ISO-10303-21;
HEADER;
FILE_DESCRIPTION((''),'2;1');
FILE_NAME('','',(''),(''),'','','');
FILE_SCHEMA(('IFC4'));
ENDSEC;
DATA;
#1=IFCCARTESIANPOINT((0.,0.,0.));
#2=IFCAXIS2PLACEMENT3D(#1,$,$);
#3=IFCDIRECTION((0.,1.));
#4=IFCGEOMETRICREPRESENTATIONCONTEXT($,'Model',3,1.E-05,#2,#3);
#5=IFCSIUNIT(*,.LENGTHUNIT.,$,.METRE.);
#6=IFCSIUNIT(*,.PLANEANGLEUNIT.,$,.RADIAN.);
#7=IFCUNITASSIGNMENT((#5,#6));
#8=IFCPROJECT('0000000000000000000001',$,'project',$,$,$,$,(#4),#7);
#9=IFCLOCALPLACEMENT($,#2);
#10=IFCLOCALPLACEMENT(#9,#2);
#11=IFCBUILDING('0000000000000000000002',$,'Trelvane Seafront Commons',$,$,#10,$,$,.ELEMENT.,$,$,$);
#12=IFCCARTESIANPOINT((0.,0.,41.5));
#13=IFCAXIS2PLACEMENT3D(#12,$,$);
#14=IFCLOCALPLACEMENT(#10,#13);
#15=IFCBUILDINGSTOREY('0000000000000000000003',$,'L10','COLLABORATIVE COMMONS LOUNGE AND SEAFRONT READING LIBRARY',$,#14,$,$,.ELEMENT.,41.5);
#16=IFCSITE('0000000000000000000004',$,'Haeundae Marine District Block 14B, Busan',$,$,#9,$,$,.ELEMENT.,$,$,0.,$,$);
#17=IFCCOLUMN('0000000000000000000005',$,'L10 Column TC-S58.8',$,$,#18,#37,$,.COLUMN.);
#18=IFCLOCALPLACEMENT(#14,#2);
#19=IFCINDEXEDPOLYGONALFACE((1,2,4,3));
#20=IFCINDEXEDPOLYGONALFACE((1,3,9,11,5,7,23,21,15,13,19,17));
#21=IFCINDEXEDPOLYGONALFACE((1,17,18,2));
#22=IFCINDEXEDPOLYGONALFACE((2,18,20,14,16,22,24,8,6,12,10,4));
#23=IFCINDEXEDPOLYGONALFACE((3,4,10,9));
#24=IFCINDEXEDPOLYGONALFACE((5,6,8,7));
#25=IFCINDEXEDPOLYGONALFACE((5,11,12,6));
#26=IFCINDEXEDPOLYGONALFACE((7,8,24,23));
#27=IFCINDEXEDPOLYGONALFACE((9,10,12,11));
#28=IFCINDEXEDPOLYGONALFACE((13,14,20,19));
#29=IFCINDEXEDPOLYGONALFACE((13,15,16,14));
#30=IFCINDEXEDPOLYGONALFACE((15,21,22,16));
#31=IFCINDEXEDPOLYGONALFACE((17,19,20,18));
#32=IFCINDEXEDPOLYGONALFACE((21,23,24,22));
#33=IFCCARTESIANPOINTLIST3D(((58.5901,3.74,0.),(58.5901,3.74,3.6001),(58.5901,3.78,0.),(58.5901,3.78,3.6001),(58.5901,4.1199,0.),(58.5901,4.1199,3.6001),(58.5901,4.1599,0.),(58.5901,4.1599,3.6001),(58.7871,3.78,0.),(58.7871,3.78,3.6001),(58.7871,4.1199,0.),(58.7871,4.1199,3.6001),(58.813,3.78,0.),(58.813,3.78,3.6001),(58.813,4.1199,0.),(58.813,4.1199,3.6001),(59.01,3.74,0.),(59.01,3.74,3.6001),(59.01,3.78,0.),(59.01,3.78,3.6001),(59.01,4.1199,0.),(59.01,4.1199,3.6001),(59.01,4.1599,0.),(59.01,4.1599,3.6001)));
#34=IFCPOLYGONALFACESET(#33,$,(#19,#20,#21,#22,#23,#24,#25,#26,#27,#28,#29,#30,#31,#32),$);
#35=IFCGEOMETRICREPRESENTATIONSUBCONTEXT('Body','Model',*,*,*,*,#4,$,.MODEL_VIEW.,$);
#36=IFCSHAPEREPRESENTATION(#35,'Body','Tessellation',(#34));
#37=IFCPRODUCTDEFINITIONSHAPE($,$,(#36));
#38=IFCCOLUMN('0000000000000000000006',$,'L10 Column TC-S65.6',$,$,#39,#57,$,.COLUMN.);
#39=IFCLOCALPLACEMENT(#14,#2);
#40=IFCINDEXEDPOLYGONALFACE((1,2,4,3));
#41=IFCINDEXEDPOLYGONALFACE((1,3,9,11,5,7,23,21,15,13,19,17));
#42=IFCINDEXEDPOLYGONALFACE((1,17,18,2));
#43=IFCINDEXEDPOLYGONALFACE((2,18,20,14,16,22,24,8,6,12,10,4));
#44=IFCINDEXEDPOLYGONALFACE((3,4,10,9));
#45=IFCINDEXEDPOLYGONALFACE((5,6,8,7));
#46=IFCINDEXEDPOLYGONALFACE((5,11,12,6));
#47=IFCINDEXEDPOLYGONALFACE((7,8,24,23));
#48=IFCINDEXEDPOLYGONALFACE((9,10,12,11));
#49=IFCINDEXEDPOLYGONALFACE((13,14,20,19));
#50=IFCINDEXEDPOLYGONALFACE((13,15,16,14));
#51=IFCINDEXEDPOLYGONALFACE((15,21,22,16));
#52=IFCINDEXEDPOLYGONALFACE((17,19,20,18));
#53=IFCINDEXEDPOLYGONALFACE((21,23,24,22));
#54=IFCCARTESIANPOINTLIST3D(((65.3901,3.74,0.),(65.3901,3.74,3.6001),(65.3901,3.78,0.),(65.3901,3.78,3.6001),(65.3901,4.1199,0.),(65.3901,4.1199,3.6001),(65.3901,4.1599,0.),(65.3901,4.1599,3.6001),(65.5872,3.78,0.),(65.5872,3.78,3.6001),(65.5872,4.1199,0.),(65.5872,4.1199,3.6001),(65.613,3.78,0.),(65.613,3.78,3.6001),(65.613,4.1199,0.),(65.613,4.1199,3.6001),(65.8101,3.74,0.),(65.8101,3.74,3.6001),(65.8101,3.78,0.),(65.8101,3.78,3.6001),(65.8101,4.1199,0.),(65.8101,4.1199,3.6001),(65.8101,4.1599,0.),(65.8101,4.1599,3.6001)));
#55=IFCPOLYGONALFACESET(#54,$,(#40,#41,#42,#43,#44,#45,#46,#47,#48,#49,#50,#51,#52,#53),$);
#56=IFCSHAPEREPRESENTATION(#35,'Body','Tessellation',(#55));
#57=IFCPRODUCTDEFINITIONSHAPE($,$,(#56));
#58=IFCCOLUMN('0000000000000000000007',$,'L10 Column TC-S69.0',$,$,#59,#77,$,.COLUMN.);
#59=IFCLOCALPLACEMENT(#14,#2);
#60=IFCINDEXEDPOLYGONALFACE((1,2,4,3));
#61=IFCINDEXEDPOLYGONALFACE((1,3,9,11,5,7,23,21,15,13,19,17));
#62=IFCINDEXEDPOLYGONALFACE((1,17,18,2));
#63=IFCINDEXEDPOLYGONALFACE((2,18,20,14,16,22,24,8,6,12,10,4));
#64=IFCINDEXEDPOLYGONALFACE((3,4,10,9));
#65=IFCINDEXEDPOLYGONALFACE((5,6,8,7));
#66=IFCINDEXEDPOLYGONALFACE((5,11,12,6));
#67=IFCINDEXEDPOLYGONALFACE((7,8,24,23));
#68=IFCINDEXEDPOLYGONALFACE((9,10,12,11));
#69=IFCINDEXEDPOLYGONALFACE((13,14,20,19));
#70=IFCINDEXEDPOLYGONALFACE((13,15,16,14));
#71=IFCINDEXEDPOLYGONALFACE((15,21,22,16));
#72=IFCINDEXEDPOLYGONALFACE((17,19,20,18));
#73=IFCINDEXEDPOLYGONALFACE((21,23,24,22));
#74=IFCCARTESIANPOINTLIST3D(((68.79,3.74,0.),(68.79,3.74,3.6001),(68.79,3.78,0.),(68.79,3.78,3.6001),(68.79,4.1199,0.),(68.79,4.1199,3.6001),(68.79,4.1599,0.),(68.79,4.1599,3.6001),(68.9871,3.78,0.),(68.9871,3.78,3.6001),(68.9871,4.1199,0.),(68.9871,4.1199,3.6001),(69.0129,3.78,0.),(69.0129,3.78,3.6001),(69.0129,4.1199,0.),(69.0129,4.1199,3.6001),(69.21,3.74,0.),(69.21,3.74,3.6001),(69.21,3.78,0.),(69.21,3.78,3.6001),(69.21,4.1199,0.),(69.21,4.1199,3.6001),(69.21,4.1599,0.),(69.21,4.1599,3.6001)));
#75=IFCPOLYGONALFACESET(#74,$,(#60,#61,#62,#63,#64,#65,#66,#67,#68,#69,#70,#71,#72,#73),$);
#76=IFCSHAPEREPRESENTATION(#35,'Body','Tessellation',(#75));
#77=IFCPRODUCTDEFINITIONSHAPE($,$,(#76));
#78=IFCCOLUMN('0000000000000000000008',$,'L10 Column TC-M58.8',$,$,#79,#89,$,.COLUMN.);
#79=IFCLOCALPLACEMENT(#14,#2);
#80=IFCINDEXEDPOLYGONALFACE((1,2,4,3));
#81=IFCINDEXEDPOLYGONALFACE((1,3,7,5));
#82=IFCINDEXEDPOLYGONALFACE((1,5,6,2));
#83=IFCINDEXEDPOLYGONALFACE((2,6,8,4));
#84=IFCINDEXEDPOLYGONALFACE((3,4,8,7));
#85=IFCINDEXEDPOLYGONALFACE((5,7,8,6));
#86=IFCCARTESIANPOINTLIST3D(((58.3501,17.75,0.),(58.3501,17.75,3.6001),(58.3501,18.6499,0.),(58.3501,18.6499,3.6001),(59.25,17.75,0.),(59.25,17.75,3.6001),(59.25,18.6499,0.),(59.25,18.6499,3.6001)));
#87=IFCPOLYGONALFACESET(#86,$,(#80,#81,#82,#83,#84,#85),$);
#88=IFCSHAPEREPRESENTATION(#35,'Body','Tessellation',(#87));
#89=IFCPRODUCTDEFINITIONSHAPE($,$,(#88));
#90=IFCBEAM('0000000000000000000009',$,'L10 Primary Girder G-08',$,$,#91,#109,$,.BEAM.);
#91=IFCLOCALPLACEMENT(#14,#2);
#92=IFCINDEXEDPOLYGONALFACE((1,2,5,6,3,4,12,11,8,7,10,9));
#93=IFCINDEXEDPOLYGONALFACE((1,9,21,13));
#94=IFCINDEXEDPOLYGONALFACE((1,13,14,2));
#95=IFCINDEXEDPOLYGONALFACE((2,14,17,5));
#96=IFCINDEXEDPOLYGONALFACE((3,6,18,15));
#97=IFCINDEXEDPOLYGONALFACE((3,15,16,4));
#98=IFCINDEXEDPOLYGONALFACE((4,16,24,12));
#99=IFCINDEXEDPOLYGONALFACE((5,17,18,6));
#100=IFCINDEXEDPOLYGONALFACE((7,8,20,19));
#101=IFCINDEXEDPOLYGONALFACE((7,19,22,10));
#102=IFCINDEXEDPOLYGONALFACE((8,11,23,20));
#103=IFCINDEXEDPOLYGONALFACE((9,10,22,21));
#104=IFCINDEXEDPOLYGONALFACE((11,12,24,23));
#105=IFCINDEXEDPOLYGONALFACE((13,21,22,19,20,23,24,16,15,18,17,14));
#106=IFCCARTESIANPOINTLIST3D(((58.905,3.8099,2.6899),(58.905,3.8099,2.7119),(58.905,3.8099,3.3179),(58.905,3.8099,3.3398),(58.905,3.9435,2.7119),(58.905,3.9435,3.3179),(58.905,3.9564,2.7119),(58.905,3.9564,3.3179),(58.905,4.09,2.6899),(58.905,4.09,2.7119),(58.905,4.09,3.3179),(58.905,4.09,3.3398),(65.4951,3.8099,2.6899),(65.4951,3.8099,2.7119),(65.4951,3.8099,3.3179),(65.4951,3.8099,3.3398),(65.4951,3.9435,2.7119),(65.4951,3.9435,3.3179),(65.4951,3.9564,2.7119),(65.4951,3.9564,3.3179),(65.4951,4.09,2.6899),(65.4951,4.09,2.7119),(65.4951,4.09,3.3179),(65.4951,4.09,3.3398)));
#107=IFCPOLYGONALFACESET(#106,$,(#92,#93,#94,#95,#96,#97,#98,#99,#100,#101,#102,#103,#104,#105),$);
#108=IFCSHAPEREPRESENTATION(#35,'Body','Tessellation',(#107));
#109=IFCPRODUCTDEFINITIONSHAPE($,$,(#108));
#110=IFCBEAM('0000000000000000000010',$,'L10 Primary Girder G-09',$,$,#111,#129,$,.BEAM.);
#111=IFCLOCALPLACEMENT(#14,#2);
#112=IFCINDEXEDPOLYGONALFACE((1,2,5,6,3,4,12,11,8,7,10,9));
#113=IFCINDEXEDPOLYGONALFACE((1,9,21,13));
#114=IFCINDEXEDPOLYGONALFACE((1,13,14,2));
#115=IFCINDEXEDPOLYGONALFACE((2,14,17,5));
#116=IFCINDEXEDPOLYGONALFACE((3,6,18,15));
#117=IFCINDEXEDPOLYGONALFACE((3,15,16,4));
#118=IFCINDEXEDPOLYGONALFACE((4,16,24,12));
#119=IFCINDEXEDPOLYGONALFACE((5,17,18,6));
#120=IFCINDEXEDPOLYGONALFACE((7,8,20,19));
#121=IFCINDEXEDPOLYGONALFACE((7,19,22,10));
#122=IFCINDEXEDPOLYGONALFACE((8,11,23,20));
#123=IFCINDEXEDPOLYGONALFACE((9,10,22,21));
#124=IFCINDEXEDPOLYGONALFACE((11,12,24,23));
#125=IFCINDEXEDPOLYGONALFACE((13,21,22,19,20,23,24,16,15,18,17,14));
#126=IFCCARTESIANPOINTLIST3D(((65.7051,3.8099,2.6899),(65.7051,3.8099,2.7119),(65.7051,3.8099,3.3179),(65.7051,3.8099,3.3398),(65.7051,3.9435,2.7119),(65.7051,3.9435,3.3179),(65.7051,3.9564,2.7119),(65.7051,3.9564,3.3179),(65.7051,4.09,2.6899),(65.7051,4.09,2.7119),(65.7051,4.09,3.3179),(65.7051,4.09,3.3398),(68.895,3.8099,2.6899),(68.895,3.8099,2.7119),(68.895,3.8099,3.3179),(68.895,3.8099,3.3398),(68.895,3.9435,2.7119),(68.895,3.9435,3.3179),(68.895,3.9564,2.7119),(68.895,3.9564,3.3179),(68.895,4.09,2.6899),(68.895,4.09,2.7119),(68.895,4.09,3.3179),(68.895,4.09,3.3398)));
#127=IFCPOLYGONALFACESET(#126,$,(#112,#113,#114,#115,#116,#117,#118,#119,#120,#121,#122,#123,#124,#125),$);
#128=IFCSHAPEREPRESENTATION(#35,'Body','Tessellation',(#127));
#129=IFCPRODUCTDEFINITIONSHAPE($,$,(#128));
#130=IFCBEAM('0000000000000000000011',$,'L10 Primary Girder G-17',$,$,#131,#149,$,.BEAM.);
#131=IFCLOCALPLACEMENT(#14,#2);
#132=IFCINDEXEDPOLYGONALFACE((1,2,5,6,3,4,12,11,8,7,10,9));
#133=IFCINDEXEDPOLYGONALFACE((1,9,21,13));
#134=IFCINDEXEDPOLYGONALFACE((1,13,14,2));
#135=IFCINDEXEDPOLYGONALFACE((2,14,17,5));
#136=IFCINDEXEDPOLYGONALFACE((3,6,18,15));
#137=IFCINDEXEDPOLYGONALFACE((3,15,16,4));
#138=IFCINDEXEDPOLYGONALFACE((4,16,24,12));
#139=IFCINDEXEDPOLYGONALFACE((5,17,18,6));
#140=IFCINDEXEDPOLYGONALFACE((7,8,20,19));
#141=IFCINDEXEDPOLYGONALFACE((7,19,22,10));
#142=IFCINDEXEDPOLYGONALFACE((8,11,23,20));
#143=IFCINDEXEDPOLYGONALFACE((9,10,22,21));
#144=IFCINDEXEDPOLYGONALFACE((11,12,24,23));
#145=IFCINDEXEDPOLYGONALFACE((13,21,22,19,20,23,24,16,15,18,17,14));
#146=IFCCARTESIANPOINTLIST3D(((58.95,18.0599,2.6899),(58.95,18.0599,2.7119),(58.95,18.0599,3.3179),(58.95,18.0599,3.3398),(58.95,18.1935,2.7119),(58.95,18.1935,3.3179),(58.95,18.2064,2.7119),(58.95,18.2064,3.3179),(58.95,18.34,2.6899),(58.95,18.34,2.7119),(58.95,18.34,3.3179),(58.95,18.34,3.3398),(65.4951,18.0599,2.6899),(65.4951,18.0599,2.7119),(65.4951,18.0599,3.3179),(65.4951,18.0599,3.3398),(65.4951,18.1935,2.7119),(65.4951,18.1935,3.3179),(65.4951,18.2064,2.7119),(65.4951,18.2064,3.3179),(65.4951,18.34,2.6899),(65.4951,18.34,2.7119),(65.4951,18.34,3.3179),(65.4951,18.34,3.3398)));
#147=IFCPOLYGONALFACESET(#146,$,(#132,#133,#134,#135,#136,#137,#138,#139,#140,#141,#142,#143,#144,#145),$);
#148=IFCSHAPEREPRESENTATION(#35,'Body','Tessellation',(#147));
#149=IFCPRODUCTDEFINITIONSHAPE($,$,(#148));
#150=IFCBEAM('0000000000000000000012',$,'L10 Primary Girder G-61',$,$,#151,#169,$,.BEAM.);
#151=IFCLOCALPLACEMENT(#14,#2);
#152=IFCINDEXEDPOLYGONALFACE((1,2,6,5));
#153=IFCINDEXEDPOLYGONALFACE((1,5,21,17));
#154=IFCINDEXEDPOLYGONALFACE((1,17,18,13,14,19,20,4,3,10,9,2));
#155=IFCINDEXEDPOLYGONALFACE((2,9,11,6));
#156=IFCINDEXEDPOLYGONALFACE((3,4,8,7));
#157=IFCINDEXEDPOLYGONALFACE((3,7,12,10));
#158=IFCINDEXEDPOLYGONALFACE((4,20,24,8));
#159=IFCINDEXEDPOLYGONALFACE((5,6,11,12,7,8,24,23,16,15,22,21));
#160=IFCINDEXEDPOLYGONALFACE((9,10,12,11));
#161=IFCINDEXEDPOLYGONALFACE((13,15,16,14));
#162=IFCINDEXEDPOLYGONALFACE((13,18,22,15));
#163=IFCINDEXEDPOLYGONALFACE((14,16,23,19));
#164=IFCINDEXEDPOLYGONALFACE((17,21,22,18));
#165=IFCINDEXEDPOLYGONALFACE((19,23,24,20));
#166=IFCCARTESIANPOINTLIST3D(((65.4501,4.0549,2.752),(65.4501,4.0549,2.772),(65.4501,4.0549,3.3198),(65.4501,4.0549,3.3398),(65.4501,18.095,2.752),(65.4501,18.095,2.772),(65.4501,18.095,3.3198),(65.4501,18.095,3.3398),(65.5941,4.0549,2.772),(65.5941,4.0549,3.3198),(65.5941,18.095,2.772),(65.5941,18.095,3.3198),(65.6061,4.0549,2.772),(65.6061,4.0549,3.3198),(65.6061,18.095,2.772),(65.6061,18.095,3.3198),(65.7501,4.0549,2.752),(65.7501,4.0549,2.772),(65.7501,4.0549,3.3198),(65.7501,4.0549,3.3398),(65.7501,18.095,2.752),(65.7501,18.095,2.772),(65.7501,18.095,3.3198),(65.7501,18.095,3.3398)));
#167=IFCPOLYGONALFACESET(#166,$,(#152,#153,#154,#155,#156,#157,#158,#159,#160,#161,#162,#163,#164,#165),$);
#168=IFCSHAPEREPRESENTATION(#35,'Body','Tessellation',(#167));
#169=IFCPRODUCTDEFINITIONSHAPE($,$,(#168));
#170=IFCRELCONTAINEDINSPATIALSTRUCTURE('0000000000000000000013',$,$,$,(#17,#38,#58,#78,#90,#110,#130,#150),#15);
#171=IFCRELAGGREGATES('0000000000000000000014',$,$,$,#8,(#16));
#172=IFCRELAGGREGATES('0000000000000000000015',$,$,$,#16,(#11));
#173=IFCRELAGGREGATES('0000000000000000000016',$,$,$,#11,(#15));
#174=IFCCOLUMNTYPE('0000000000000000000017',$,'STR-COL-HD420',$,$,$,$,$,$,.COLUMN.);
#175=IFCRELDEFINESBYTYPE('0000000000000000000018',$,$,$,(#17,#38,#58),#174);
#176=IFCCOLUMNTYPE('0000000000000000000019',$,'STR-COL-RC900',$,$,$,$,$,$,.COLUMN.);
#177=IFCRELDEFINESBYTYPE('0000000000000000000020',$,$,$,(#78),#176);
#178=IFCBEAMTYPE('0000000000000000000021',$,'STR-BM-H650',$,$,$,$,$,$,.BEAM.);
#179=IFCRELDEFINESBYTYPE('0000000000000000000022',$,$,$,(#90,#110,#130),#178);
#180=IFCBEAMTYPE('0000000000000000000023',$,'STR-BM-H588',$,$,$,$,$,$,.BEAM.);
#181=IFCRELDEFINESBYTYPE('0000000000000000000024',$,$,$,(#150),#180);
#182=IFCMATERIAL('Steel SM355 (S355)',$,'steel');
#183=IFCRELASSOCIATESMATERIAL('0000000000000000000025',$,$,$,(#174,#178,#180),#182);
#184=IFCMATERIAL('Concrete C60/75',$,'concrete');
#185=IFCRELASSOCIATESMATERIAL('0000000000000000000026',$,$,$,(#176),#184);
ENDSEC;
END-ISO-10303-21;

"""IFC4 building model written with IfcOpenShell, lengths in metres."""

from ifc_helpers import new_model, si_unit, direction, frame, origin, origin_2d, place, context, subcontext, project, spatial, rectangle, i_section, extrude, source, transform, mapped, material, material_profile, profile_set, type_object, element, save


model = new_model("IFC4")

# Units and contexts
model_context = context("Model", 3, precision=1e-05, world=origin(), true_north=direction((0.0, 1.0)))
body_context = subcontext(model_context, "Body", "Model", "MODEL_VIEW")
ifc_project = project(units=[si_unit("LENGTHUNIT", "METRE"), si_unit("PLANEANGLEUNIT", "RADIAN")], contexts=[model_context])

# Site, building, storey
site_placement = place(None, origin())
site = spatial("IfcSite", under=ifc_project, at=site_placement, Name="Haeundae Marine District Block 14B, Busan", CompositionType="ELEMENT", RefElevation=0.0)
building_placement = place(site_placement, origin())
building = spatial("IfcBuilding", under=site, at=building_placement, Name="Trelvane Seafront Commons", CompositionType="ELEMENT")
storey_placement = place(building_placement, frame((0.0, 0.0, 41.5)))
storey = spatial("IfcBuildingStorey", under=building, at=storey_placement, Name="L10", Description="COLLABORATIVE COMMONS LOUNGE AND SEAFRONT READING LIBRARY", CompositionType="ELEMENT", Elevation=41.5)

# Columns
ifc_material_1 = material(Name="Steel SM355 (S355)", Category="steel")
ifc_material_profile_1 = material_profile(ifc_material_1, i_section(OverallWidth=0.4199, OverallDepth=0.4199, WebThickness=0.0259, FlangeThickness=0.04, at=origin_2d()), Name="HD-420x420x26x40")
ifc_profile_set_1 = profile_set([ifc_material_profile_1], Name="Steel SM355 (S355)")
column_type_1 = type_object("IfcColumnType", Name="STR-COL-HD420", PredefinedType="COLUMN", material=ifc_profile_set_1)
shared_shape_1 = source(origin(), body_context, "Body", "SweptSolid", [
    extrude(i_section(OverallWidth=0.4199, OverallDepth=0.4199, WebThickness=0.0259, FlangeThickness=0.04, at=origin_2d()), origin(), (0.0, 0.0, 1.0), 3.6001),
])
for number, where, z_axis, x_axis, name in (
    (1, (58.8, 3.95, 0.0), (0.0, 0.0, 1.0), (1.0, 0.0, 0.0), "L10 Column TC-S58.8"),
    (2, (65.6001, 3.95, 0.0), (0.0, 0.0, 1.0), (1.0, 0.0, 0.0), "L10 Column TC-S65.6"),
    (3, (69.0, 3.95, 0.0), (0.0, 0.0, 1.0), (1.0, 0.0, 0.0), "L10 Column TC-S69.0"),
):
    element("IfcColumn", number, at=place(storey_placement, frame(where, z_axis=z_axis, x_axis=x_axis)), inside=storey, type_object=column_type_1, Name=name, PredefinedType="COLUMN", context=body_context, shape_type="MappedRepresentation", body=[
        mapped(shared_shape_1, transform((0.0, 0.0, 0.0), x_axis=(1.0, 0.0, 0.0), y_axis=(0.0, 1.0, 0.0), z_axis=(0.0, 0.0, 1.0), scale=1.0)),
    ])
ifc_material_2 = material(Name="Concrete C60/75", Category="concrete")
ifc_material_profile_2 = material_profile(ifc_material_2, rectangle(XDim=0.8999, YDim=0.8999, at=origin_2d()), Name="RC-900x900")
ifc_profile_set_2 = profile_set([ifc_material_profile_2], Name="Concrete C60/75")
column_type_2 = type_object("IfcColumnType", Name="STR-COL-RC900", PredefinedType="COLUMN", material=ifc_profile_set_2)
shared_shape_2 = source(origin(), body_context, "Body", "SweptSolid", [
    extrude(rectangle(XDim=0.8999, YDim=0.8999, at=origin_2d()), origin(), (0.0, 0.0, 1.0), 3.6001),
])
column_placement = place(storey_placement, frame((58.8, 18.2, 0.0), z_axis=(0.0, 0.0, 1.0), x_axis=(1.0, 0.0, 0.0)))
element("IfcColumn", 4, at=column_placement, inside=storey, type_object=column_type_2, Name="L10 Column TC-M58.8", PredefinedType="COLUMN", context=body_context, shape_type="MappedRepresentation", body=[
    mapped(shared_shape_2, transform((0.0, 0.0, 0.0), x_axis=(1.0, 0.0, 0.0), y_axis=(0.0, 1.0, 0.0), z_axis=(0.0, 0.0, 1.0), scale=1.0)),
])

# Beams
ifc_material_profile_3 = material_profile(ifc_material_1, i_section(OverallWidth=0.28, OverallDepth=0.6499, WebThickness=0.0129, FlangeThickness=0.022, at=origin_2d()), Name="H-650x280x13x22")
ifc_profile_set_3 = profile_set([ifc_material_profile_3], Name="Steel SM355 (S355)")
beam_type_1 = type_object("IfcBeamType", Name="STR-BM-H650", PredefinedType="BEAM", material=ifc_profile_set_3)
shared_shape_3 = source(origin(), body_context, "Body", "SweptSolid", [
    extrude(i_section(OverallWidth=0.28, OverallDepth=0.6499, WebThickness=0.0129, FlangeThickness=0.022, at=origin_2d()), origin(), (0.0, 0.0, 1.0), 6.5901),
])
beam_1_placement = place(storey_placement, frame((58.905, 3.95, 3.0149), z_axis=(1.0, 0.0, 0.0), x_axis=(0.0, 1.0, 0.0)))
element("IfcBeam", 5, at=beam_1_placement, inside=storey, type_object=beam_type_1, Name="L10 Primary Girder G-08", PredefinedType="BEAM", context=body_context, shape_type="MappedRepresentation", body=[
    mapped(shared_shape_3, transform((0.0, 0.0, 0.0), x_axis=(1.0, 0.0, 0.0), y_axis=(0.0, 1.0, 0.0), z_axis=(0.0, 0.0, 1.0), scale=1.0)),
])
shared_shape_4 = source(origin(), body_context, "Body", "SweptSolid", [
    extrude(i_section(OverallWidth=0.28, OverallDepth=0.6499, WebThickness=0.0129, FlangeThickness=0.022, at=origin_2d()), origin(), (0.0, 0.0, 1.0), 3.1899),
])
beam_2_placement = place(storey_placement, frame((65.7051, 3.95, 3.0149), z_axis=(1.0, 0.0, 0.0), x_axis=(0.0, 1.0, 0.0)))
element("IfcBeam", 6, at=beam_2_placement, inside=storey, type_object=beam_type_1, Name="L10 Primary Girder G-09", PredefinedType="BEAM", context=body_context, shape_type="MappedRepresentation", body=[
    mapped(shared_shape_4, transform((0.0, 0.0, 0.0), x_axis=(1.0, 0.0, 0.0), y_axis=(0.0, 1.0, 0.0), z_axis=(0.0, 0.0, 1.0), scale=1.0)),
])
shared_shape_5 = source(origin(), body_context, "Body", "SweptSolid", [
    extrude(i_section(OverallWidth=0.28, OverallDepth=0.6499, WebThickness=0.0129, FlangeThickness=0.022, at=origin_2d()), origin(), (0.0, 0.0, 1.0), 6.5452),
])
beam_3_placement = place(storey_placement, frame((58.95, 18.2, 3.0149), z_axis=(1.0, 0.0, 0.0), x_axis=(0.0, 1.0, 0.0)))
element("IfcBeam", 7, at=beam_3_placement, inside=storey, type_object=beam_type_1, Name="L10 Primary Girder G-17", PredefinedType="BEAM", context=body_context, shape_type="MappedRepresentation", body=[
    mapped(shared_shape_5, transform((0.0, 0.0, 0.0), x_axis=(1.0, 0.0, 0.0), y_axis=(0.0, 1.0, 0.0), z_axis=(0.0, 0.0, 1.0), scale=1.0)),
])
ifc_material_profile_4 = material_profile(ifc_material_1, i_section(OverallWidth=0.3, OverallDepth=0.5879, WebThickness=0.012, FlangeThickness=0.02, at=origin_2d()), Name="H-588x300x12x20")
ifc_profile_set_4 = profile_set([ifc_material_profile_4], Name="Steel SM355 (S355)")
beam_type_2 = type_object("IfcBeamType", Name="STR-BM-H588", PredefinedType="BEAM", material=ifc_profile_set_4)
shared_shape_6 = source(origin(), body_context, "Body", "SweptSolid", [
    extrude(i_section(OverallWidth=0.3, OverallDepth=0.5879, WebThickness=0.012, FlangeThickness=0.02, at=origin_2d()), origin(), (0.0, 0.0, 1.0), 14.04),
])
for number, where, z_axis, x_axis, name in (
    (8, (65.6001, 4.0549, 3.0459), (0.0, 1.0, 0.0), (-1.0, 0.0, 0.0), "L10 Primary Girder G-61"),
):
    element("IfcBeam", number, at=place(storey_placement, frame(where, z_axis=z_axis, x_axis=x_axis)), inside=storey, type_object=beam_type_2, Name=name, PredefinedType="BEAM", context=body_context, shape_type="MappedRepresentation", body=[
        mapped(shared_shape_6, transform((0.0, 0.0, 0.0), x_axis=(1.0, 0.0, 0.0), y_axis=(0.0, 1.0, 0.0), z_axis=(0.0, 0.0, 1.0), scale=1.0)),
    ])

save(model, "model.ifc")
